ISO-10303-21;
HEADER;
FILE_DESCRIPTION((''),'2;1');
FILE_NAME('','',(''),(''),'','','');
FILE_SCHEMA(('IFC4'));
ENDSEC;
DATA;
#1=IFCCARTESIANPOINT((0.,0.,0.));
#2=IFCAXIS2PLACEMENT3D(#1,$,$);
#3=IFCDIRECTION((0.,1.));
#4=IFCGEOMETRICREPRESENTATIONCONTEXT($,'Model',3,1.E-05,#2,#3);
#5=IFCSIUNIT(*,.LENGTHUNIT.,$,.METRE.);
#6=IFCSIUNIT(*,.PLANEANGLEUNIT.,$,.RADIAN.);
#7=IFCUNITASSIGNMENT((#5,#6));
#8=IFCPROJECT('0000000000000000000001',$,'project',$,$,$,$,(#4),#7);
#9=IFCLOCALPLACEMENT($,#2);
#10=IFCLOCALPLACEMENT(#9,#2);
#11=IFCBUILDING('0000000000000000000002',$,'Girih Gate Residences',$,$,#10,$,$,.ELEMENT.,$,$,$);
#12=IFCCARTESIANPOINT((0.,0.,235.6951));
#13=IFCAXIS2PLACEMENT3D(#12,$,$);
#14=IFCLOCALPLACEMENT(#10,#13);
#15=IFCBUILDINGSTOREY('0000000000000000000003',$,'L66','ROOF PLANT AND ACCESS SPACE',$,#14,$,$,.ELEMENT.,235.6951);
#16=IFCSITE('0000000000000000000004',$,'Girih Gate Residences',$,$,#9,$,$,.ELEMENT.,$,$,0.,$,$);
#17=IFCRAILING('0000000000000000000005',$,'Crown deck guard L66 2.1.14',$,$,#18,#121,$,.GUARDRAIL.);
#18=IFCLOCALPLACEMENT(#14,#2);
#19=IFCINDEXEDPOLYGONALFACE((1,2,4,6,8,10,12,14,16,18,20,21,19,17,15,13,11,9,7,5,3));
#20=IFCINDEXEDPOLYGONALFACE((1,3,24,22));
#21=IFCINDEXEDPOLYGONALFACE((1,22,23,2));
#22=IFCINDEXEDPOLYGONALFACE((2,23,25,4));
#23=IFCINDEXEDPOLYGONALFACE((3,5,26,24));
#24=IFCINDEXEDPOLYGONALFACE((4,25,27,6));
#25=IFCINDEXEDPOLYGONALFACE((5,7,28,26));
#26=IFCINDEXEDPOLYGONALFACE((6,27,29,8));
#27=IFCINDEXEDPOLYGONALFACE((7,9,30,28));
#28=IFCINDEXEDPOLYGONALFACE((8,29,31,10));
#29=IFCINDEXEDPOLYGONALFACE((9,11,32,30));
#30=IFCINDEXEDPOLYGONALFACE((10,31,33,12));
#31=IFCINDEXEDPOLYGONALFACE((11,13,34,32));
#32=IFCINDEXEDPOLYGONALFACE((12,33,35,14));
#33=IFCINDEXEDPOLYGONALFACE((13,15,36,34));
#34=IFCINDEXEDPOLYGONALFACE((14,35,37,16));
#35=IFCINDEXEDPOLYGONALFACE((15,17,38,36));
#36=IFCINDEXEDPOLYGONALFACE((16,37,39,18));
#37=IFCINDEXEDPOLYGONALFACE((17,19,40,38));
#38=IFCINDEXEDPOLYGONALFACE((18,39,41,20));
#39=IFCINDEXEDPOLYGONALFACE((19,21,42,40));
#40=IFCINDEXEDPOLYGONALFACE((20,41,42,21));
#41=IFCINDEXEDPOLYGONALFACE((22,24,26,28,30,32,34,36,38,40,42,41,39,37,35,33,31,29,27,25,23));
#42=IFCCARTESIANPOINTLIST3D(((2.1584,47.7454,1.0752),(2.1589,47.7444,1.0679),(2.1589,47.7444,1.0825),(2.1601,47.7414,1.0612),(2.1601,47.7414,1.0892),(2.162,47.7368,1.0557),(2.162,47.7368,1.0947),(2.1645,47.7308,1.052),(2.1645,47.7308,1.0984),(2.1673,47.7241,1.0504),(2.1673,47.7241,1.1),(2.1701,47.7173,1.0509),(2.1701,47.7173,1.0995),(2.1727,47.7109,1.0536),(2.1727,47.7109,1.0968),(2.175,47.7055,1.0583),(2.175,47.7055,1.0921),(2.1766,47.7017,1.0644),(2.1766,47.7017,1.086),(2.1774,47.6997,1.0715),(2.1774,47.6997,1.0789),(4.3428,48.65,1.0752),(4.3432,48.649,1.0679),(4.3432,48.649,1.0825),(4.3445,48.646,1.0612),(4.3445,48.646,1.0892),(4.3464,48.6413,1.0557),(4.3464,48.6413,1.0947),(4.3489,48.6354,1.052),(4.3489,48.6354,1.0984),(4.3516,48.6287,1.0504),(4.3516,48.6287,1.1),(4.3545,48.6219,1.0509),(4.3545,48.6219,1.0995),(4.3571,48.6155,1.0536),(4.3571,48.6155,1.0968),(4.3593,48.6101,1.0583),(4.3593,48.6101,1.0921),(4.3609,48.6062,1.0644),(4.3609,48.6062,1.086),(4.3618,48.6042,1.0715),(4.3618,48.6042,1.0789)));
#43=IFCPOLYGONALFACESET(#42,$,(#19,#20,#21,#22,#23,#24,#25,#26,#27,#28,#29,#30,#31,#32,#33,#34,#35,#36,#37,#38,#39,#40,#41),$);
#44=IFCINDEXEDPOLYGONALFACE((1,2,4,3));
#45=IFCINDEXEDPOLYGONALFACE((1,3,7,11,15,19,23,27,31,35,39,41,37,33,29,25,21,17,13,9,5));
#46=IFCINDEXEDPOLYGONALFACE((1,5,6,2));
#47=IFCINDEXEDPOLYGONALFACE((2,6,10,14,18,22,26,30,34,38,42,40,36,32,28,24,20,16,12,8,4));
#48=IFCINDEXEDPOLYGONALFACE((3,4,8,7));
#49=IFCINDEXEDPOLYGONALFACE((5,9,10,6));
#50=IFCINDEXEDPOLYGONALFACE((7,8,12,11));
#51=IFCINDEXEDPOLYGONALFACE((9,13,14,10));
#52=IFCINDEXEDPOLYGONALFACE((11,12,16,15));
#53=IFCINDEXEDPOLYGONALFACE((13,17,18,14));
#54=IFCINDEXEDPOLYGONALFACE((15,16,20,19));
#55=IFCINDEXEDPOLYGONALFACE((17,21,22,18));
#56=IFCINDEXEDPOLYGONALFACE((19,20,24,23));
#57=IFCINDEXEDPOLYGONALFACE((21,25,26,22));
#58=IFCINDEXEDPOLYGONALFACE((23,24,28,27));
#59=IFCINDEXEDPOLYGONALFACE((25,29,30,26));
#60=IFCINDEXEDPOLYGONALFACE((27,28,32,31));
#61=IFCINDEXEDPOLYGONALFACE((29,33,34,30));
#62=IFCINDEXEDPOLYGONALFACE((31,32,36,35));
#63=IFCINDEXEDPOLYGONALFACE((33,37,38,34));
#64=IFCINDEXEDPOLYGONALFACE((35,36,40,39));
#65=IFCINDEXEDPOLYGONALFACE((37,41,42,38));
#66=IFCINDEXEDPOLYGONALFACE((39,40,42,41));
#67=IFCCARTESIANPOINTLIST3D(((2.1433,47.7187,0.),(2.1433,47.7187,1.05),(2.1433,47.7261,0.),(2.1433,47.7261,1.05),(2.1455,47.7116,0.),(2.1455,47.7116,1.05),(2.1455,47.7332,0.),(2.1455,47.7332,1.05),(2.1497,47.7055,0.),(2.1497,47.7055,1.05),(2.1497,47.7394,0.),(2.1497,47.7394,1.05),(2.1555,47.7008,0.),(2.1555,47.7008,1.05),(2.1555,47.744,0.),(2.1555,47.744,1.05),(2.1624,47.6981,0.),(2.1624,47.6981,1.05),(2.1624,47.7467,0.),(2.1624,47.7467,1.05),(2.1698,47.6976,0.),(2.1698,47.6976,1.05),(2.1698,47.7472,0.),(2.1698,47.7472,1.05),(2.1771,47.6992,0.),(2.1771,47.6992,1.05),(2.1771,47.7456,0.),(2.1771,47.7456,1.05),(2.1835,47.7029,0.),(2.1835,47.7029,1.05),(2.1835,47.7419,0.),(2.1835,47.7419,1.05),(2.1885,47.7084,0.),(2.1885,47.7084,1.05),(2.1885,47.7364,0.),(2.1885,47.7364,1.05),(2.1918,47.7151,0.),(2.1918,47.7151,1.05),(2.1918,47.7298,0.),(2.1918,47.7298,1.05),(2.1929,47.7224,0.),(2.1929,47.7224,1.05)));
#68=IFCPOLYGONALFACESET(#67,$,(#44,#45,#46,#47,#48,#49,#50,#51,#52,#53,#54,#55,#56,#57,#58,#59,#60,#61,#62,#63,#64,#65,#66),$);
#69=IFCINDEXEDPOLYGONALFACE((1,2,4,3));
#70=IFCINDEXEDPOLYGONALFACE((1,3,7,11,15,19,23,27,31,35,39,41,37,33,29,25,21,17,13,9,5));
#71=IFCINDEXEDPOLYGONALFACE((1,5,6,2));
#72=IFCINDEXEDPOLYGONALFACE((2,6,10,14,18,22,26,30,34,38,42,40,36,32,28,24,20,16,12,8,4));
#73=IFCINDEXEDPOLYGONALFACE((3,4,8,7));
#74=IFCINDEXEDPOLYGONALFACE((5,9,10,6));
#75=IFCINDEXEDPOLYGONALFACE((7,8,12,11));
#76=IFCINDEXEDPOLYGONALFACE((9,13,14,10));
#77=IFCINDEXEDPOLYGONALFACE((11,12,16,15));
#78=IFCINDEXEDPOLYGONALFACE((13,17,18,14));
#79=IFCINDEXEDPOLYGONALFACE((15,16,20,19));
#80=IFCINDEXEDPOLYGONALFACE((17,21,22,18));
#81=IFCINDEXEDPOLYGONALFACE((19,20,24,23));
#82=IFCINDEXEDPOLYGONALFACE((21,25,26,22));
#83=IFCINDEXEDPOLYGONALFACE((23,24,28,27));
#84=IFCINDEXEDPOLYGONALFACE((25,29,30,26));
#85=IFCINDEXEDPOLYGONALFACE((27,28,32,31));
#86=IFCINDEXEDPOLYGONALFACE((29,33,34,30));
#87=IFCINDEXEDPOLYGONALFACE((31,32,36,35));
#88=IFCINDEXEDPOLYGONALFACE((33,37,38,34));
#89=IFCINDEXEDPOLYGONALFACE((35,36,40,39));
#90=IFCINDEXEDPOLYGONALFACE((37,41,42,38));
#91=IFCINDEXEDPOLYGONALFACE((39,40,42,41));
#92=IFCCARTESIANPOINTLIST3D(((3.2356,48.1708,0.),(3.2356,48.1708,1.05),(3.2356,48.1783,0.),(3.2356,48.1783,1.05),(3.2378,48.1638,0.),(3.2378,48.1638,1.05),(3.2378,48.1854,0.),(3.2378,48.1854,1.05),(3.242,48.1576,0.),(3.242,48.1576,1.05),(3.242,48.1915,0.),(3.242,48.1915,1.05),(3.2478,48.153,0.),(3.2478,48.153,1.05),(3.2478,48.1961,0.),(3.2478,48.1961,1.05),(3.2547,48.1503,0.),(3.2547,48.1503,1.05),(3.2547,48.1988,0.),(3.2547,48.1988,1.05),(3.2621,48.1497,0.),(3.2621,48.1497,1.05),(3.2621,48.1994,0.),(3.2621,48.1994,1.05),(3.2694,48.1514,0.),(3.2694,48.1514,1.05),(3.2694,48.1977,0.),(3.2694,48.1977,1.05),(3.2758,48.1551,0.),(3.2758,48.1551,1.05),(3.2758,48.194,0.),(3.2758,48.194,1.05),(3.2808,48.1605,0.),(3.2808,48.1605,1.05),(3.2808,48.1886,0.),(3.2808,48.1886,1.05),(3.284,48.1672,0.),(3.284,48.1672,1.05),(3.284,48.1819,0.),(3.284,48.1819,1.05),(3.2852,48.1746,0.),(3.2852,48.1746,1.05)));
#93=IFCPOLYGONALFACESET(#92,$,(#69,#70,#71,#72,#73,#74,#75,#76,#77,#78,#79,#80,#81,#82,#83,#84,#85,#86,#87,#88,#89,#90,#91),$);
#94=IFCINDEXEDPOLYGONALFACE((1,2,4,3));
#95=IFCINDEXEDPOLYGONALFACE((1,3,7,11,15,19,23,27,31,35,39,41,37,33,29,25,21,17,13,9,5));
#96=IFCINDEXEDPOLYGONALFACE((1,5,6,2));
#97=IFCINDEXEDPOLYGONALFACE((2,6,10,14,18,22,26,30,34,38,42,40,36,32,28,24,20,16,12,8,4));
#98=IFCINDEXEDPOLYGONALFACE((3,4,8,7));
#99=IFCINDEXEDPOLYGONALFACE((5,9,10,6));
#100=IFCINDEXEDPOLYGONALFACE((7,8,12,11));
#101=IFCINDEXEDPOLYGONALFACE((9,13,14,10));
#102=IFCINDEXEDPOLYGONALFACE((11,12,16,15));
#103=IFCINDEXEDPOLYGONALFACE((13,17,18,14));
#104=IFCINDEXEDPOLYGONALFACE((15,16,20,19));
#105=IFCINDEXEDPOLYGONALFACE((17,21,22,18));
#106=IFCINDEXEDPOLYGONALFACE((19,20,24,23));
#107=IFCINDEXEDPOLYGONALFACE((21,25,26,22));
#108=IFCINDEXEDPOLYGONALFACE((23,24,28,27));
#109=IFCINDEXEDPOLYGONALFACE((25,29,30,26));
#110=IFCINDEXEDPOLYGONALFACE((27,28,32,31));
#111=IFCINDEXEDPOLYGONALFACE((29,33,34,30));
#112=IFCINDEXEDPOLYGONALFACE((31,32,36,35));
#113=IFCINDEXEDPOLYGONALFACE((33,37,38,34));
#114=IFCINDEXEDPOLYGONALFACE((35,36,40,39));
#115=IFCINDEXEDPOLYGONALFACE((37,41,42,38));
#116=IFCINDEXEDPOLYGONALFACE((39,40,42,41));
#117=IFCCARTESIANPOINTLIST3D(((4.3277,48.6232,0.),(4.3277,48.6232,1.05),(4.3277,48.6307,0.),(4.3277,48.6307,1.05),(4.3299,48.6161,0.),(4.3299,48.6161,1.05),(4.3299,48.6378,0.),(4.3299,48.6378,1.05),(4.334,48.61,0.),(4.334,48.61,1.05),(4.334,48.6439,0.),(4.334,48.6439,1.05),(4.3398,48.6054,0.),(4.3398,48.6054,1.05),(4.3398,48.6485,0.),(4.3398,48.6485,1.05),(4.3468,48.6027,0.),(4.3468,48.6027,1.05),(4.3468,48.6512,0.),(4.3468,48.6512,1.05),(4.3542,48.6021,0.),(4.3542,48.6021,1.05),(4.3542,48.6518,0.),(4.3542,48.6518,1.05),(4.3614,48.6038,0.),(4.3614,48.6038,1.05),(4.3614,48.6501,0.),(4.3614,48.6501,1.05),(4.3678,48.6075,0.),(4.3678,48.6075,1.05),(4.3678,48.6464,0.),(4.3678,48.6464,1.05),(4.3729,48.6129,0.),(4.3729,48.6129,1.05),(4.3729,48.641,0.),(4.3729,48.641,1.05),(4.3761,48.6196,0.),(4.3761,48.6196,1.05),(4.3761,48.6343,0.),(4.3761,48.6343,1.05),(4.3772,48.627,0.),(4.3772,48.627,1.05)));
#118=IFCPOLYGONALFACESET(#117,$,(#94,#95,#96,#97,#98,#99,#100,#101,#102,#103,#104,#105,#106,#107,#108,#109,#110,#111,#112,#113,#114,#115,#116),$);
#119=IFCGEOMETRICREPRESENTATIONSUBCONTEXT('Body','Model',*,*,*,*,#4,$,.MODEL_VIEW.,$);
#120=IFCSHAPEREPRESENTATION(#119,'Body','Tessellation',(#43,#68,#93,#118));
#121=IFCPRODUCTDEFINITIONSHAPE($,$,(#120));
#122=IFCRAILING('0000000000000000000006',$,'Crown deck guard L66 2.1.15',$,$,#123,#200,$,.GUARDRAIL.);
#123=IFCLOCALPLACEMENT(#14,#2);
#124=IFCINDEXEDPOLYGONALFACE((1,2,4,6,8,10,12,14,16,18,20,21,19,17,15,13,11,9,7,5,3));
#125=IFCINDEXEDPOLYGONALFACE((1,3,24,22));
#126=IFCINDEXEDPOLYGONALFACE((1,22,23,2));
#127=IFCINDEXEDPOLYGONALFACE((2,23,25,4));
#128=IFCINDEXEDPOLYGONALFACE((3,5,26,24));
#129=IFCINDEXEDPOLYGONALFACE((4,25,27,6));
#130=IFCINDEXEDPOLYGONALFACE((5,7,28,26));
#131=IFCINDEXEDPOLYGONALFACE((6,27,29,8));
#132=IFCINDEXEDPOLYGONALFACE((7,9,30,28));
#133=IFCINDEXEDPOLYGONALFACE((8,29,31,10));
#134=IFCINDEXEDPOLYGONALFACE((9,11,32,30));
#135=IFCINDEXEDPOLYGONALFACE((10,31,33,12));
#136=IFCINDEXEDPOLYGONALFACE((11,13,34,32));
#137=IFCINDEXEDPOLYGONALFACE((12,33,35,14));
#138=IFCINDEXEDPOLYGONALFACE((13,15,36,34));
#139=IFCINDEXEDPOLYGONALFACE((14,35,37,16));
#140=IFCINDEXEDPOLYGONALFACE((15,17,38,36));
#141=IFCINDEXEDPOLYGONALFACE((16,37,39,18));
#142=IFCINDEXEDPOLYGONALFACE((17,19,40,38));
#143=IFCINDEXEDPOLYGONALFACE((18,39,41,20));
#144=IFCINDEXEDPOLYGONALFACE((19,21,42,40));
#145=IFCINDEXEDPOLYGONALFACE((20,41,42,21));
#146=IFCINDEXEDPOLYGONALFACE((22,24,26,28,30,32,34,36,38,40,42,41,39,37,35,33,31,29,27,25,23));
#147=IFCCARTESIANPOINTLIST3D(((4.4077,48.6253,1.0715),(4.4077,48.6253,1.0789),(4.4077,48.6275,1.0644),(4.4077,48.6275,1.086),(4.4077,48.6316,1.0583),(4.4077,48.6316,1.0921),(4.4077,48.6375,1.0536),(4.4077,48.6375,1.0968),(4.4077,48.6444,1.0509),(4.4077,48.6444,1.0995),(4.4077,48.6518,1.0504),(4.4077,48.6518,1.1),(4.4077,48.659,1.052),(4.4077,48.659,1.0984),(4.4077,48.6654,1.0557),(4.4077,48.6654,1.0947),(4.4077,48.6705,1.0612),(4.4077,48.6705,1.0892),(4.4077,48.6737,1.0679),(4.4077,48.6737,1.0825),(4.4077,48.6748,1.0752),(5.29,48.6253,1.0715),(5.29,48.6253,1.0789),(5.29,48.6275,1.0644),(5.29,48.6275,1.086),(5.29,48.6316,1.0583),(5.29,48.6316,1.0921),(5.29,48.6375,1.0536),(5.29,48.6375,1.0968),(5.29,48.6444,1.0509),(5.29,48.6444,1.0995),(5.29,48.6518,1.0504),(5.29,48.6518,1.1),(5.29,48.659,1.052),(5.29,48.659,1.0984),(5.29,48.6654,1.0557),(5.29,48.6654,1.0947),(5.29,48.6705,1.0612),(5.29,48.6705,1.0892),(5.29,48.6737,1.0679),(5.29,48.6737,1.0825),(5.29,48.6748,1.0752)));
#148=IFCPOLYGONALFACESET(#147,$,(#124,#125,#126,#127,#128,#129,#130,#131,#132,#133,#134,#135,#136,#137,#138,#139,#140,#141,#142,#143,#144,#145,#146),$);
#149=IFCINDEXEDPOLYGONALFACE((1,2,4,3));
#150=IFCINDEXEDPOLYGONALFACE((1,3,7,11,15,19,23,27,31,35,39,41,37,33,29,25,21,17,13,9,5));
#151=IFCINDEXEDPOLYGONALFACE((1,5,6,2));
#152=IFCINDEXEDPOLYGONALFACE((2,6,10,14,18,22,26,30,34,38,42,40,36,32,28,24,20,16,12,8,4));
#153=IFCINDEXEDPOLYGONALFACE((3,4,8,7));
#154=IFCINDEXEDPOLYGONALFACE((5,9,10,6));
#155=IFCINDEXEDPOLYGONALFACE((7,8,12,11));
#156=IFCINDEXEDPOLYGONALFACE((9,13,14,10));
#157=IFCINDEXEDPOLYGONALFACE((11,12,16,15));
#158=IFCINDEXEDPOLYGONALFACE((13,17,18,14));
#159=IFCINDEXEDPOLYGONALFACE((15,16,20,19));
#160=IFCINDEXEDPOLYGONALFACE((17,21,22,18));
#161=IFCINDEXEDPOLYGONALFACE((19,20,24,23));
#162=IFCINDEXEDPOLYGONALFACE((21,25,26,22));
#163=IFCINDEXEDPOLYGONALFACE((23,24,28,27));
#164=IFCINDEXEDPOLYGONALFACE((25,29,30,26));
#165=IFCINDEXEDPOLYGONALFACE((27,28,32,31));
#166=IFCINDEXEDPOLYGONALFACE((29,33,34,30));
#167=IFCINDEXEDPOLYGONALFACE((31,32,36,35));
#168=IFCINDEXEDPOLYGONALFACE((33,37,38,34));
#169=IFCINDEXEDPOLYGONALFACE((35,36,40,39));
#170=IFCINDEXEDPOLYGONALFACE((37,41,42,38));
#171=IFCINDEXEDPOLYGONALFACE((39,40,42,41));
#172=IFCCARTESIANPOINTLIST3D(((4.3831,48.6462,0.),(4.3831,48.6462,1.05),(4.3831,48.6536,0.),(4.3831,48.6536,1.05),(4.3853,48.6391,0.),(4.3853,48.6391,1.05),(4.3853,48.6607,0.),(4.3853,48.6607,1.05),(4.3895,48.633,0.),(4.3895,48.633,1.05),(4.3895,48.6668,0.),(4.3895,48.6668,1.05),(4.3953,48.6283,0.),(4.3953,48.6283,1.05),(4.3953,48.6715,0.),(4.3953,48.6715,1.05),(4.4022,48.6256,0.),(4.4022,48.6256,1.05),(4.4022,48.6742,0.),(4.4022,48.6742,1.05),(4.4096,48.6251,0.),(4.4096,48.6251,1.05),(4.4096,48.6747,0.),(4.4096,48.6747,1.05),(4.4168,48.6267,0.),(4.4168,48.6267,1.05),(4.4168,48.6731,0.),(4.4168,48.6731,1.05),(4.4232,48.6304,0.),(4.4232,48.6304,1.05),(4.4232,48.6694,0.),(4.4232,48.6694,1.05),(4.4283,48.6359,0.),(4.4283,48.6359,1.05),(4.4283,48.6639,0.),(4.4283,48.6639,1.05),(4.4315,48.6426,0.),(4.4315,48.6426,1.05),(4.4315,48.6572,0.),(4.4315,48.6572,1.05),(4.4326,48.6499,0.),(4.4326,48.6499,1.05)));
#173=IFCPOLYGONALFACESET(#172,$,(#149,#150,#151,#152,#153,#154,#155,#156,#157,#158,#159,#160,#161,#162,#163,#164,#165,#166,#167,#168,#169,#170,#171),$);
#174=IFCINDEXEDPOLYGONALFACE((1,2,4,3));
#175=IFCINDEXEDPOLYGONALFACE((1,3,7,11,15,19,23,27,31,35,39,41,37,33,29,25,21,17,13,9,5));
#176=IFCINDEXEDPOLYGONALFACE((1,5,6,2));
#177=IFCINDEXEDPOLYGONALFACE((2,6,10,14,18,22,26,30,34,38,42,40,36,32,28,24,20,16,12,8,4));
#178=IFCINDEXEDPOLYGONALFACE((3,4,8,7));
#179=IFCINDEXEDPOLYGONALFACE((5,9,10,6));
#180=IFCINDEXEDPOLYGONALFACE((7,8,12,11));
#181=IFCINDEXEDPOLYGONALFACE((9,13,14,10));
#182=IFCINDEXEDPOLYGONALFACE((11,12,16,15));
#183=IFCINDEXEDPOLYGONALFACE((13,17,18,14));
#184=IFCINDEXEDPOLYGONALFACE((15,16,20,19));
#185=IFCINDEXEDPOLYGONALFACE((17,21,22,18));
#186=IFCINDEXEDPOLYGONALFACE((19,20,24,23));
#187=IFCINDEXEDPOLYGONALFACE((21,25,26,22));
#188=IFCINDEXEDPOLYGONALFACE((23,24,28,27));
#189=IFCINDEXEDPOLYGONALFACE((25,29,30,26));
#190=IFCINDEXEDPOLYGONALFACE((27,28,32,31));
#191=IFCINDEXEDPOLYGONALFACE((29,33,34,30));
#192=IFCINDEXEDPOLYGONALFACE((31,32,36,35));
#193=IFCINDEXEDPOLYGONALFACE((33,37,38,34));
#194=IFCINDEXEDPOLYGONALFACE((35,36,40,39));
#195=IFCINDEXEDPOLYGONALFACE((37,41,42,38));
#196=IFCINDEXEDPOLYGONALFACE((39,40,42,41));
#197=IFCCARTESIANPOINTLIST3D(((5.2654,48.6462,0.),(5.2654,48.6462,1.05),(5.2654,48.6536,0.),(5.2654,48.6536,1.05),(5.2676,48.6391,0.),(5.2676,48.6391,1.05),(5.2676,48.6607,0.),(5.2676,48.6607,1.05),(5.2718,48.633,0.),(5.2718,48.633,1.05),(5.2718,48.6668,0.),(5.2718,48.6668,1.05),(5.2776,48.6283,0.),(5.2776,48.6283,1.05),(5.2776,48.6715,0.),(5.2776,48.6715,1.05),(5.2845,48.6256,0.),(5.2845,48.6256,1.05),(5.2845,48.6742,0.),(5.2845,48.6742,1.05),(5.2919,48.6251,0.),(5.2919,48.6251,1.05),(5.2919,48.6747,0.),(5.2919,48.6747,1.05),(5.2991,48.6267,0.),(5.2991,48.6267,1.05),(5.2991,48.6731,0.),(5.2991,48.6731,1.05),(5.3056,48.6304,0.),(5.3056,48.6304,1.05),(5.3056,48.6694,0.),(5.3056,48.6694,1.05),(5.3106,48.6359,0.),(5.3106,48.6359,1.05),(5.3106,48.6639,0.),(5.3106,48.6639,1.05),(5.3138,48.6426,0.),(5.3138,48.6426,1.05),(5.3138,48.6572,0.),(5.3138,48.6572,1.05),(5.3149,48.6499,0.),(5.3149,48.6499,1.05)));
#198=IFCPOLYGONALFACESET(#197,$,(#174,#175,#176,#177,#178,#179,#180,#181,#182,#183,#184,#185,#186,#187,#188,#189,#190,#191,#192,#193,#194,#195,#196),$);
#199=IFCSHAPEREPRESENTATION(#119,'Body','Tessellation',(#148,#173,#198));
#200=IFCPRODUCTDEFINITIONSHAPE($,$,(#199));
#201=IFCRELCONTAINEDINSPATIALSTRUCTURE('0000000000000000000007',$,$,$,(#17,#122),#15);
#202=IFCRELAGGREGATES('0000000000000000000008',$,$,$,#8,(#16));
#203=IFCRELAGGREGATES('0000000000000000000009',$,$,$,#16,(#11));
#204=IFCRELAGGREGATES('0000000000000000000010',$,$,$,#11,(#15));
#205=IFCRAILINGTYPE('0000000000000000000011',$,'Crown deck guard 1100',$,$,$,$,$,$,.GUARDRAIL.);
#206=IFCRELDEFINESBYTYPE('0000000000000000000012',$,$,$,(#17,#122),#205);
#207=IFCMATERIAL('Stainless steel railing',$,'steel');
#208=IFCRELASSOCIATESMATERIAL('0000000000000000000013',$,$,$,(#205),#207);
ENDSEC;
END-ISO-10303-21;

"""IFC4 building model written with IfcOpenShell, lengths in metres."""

from ifc_helpers import new_model, si_unit, direction, frame, origin, origin_2d, place, context, subcontext, project, spatial, circle, extrude, material, type_object, element, save


model = new_model("IFC4")

# Units and contexts
model_context = context("Model", 3, precision=1e-05, world=origin(), true_north=direction((0.0, 1.0)))
body_context = subcontext(model_context, "Body", "Model", "MODEL_VIEW")
ifc_project = project(units=[si_unit("LENGTHUNIT", "METRE"), si_unit("PLANEANGLEUNIT", "RADIAN")], contexts=[model_context])

# Site, building, storey
site_placement = place(None, origin())
site = spatial("IfcSite", under=ifc_project, at=site_placement, Name="Girih Gate Residences", CompositionType="ELEMENT", RefElevation=0.0)
building_placement = place(site_placement, origin())
building = spatial("IfcBuilding", under=site, at=building_placement, Name="Girih Gate Residences", CompositionType="ELEMENT")
storey_placement = place(building_placement, frame((0.0, 0.0, 235.6951)))
storey = spatial("IfcBuildingStorey", under=building, at=storey_placement, Name="L66", Description="ROOF PLANT AND ACCESS SPACE", CompositionType="ELEMENT", Elevation=235.6951)

# Railings
ifc_material_1 = material(Name="Stainless steel railing", Category="steel")
railing_type = type_object("IfcRailingType", Name="Crown deck guard 1100", PredefinedType="GUARDRAIL", material=ifc_material_1)
railing_1_placement = place(storey_placement, frame((2.168, 47.7224, 0.0)))
element("IfcRailing", 1, at=railing_1_placement, inside=storey, type_object=railing_type, Name="Crown deck guard L66 2.1.14", PredefinedType="GUARDRAIL", context=body_context, shape_type="SweptSolid", body=[
    extrude(circle(Radius=0.0249, at=origin_2d()), frame((0.0, 0.0, 1.0752), z_axis=(0.923915, 0.382598, 0.0), x_axis=(-0.382598, 0.923915, 0.0)), (0.0, 0.0, 1.0), 2.3643),
    extrude(circle(Radius=0.0249, at=origin_2d()), origin(), (0.0, 0.0, 1.0), 1.05),
    extrude(circle(Radius=0.0249, at=origin_2d()), frame((1.0923, 0.4521, 0.0)), (0.0, 0.0, 1.0), 1.05),
    extrude(circle(Radius=0.0249, at=origin_2d()), frame((2.1843, 0.9045, 0.0)), (0.0, 0.0, 1.0), 1.05),
])
railing_2_placement = place(storey_placement, frame((4.4077, 48.6499, 0.0)))
element("IfcRailing", 2, at=railing_2_placement, inside=storey, type_object=railing_type, Name="Crown deck guard L66 2.1.15", PredefinedType="GUARDRAIL", context=body_context, shape_type="SweptSolid", body=[
    extrude(circle(Radius=0.0249, at=origin_2d()), frame((0.0, 0.0, 1.0752), z_axis=(1.0, 0.0, 0.0), x_axis=(0.0, 1.0, 0.0)), (0.0, 0.0, 1.0), 0.8823),
    extrude(circle(Radius=0.0249, at=origin_2d()), origin(), (0.0, 0.0, 1.0), 1.05),
    extrude(circle(Radius=0.0249, at=origin_2d()), frame((0.8823, 0.0, 0.0)), (0.0, 0.0, 1.0), 1.05),
])

save(model, "model.ifc")
